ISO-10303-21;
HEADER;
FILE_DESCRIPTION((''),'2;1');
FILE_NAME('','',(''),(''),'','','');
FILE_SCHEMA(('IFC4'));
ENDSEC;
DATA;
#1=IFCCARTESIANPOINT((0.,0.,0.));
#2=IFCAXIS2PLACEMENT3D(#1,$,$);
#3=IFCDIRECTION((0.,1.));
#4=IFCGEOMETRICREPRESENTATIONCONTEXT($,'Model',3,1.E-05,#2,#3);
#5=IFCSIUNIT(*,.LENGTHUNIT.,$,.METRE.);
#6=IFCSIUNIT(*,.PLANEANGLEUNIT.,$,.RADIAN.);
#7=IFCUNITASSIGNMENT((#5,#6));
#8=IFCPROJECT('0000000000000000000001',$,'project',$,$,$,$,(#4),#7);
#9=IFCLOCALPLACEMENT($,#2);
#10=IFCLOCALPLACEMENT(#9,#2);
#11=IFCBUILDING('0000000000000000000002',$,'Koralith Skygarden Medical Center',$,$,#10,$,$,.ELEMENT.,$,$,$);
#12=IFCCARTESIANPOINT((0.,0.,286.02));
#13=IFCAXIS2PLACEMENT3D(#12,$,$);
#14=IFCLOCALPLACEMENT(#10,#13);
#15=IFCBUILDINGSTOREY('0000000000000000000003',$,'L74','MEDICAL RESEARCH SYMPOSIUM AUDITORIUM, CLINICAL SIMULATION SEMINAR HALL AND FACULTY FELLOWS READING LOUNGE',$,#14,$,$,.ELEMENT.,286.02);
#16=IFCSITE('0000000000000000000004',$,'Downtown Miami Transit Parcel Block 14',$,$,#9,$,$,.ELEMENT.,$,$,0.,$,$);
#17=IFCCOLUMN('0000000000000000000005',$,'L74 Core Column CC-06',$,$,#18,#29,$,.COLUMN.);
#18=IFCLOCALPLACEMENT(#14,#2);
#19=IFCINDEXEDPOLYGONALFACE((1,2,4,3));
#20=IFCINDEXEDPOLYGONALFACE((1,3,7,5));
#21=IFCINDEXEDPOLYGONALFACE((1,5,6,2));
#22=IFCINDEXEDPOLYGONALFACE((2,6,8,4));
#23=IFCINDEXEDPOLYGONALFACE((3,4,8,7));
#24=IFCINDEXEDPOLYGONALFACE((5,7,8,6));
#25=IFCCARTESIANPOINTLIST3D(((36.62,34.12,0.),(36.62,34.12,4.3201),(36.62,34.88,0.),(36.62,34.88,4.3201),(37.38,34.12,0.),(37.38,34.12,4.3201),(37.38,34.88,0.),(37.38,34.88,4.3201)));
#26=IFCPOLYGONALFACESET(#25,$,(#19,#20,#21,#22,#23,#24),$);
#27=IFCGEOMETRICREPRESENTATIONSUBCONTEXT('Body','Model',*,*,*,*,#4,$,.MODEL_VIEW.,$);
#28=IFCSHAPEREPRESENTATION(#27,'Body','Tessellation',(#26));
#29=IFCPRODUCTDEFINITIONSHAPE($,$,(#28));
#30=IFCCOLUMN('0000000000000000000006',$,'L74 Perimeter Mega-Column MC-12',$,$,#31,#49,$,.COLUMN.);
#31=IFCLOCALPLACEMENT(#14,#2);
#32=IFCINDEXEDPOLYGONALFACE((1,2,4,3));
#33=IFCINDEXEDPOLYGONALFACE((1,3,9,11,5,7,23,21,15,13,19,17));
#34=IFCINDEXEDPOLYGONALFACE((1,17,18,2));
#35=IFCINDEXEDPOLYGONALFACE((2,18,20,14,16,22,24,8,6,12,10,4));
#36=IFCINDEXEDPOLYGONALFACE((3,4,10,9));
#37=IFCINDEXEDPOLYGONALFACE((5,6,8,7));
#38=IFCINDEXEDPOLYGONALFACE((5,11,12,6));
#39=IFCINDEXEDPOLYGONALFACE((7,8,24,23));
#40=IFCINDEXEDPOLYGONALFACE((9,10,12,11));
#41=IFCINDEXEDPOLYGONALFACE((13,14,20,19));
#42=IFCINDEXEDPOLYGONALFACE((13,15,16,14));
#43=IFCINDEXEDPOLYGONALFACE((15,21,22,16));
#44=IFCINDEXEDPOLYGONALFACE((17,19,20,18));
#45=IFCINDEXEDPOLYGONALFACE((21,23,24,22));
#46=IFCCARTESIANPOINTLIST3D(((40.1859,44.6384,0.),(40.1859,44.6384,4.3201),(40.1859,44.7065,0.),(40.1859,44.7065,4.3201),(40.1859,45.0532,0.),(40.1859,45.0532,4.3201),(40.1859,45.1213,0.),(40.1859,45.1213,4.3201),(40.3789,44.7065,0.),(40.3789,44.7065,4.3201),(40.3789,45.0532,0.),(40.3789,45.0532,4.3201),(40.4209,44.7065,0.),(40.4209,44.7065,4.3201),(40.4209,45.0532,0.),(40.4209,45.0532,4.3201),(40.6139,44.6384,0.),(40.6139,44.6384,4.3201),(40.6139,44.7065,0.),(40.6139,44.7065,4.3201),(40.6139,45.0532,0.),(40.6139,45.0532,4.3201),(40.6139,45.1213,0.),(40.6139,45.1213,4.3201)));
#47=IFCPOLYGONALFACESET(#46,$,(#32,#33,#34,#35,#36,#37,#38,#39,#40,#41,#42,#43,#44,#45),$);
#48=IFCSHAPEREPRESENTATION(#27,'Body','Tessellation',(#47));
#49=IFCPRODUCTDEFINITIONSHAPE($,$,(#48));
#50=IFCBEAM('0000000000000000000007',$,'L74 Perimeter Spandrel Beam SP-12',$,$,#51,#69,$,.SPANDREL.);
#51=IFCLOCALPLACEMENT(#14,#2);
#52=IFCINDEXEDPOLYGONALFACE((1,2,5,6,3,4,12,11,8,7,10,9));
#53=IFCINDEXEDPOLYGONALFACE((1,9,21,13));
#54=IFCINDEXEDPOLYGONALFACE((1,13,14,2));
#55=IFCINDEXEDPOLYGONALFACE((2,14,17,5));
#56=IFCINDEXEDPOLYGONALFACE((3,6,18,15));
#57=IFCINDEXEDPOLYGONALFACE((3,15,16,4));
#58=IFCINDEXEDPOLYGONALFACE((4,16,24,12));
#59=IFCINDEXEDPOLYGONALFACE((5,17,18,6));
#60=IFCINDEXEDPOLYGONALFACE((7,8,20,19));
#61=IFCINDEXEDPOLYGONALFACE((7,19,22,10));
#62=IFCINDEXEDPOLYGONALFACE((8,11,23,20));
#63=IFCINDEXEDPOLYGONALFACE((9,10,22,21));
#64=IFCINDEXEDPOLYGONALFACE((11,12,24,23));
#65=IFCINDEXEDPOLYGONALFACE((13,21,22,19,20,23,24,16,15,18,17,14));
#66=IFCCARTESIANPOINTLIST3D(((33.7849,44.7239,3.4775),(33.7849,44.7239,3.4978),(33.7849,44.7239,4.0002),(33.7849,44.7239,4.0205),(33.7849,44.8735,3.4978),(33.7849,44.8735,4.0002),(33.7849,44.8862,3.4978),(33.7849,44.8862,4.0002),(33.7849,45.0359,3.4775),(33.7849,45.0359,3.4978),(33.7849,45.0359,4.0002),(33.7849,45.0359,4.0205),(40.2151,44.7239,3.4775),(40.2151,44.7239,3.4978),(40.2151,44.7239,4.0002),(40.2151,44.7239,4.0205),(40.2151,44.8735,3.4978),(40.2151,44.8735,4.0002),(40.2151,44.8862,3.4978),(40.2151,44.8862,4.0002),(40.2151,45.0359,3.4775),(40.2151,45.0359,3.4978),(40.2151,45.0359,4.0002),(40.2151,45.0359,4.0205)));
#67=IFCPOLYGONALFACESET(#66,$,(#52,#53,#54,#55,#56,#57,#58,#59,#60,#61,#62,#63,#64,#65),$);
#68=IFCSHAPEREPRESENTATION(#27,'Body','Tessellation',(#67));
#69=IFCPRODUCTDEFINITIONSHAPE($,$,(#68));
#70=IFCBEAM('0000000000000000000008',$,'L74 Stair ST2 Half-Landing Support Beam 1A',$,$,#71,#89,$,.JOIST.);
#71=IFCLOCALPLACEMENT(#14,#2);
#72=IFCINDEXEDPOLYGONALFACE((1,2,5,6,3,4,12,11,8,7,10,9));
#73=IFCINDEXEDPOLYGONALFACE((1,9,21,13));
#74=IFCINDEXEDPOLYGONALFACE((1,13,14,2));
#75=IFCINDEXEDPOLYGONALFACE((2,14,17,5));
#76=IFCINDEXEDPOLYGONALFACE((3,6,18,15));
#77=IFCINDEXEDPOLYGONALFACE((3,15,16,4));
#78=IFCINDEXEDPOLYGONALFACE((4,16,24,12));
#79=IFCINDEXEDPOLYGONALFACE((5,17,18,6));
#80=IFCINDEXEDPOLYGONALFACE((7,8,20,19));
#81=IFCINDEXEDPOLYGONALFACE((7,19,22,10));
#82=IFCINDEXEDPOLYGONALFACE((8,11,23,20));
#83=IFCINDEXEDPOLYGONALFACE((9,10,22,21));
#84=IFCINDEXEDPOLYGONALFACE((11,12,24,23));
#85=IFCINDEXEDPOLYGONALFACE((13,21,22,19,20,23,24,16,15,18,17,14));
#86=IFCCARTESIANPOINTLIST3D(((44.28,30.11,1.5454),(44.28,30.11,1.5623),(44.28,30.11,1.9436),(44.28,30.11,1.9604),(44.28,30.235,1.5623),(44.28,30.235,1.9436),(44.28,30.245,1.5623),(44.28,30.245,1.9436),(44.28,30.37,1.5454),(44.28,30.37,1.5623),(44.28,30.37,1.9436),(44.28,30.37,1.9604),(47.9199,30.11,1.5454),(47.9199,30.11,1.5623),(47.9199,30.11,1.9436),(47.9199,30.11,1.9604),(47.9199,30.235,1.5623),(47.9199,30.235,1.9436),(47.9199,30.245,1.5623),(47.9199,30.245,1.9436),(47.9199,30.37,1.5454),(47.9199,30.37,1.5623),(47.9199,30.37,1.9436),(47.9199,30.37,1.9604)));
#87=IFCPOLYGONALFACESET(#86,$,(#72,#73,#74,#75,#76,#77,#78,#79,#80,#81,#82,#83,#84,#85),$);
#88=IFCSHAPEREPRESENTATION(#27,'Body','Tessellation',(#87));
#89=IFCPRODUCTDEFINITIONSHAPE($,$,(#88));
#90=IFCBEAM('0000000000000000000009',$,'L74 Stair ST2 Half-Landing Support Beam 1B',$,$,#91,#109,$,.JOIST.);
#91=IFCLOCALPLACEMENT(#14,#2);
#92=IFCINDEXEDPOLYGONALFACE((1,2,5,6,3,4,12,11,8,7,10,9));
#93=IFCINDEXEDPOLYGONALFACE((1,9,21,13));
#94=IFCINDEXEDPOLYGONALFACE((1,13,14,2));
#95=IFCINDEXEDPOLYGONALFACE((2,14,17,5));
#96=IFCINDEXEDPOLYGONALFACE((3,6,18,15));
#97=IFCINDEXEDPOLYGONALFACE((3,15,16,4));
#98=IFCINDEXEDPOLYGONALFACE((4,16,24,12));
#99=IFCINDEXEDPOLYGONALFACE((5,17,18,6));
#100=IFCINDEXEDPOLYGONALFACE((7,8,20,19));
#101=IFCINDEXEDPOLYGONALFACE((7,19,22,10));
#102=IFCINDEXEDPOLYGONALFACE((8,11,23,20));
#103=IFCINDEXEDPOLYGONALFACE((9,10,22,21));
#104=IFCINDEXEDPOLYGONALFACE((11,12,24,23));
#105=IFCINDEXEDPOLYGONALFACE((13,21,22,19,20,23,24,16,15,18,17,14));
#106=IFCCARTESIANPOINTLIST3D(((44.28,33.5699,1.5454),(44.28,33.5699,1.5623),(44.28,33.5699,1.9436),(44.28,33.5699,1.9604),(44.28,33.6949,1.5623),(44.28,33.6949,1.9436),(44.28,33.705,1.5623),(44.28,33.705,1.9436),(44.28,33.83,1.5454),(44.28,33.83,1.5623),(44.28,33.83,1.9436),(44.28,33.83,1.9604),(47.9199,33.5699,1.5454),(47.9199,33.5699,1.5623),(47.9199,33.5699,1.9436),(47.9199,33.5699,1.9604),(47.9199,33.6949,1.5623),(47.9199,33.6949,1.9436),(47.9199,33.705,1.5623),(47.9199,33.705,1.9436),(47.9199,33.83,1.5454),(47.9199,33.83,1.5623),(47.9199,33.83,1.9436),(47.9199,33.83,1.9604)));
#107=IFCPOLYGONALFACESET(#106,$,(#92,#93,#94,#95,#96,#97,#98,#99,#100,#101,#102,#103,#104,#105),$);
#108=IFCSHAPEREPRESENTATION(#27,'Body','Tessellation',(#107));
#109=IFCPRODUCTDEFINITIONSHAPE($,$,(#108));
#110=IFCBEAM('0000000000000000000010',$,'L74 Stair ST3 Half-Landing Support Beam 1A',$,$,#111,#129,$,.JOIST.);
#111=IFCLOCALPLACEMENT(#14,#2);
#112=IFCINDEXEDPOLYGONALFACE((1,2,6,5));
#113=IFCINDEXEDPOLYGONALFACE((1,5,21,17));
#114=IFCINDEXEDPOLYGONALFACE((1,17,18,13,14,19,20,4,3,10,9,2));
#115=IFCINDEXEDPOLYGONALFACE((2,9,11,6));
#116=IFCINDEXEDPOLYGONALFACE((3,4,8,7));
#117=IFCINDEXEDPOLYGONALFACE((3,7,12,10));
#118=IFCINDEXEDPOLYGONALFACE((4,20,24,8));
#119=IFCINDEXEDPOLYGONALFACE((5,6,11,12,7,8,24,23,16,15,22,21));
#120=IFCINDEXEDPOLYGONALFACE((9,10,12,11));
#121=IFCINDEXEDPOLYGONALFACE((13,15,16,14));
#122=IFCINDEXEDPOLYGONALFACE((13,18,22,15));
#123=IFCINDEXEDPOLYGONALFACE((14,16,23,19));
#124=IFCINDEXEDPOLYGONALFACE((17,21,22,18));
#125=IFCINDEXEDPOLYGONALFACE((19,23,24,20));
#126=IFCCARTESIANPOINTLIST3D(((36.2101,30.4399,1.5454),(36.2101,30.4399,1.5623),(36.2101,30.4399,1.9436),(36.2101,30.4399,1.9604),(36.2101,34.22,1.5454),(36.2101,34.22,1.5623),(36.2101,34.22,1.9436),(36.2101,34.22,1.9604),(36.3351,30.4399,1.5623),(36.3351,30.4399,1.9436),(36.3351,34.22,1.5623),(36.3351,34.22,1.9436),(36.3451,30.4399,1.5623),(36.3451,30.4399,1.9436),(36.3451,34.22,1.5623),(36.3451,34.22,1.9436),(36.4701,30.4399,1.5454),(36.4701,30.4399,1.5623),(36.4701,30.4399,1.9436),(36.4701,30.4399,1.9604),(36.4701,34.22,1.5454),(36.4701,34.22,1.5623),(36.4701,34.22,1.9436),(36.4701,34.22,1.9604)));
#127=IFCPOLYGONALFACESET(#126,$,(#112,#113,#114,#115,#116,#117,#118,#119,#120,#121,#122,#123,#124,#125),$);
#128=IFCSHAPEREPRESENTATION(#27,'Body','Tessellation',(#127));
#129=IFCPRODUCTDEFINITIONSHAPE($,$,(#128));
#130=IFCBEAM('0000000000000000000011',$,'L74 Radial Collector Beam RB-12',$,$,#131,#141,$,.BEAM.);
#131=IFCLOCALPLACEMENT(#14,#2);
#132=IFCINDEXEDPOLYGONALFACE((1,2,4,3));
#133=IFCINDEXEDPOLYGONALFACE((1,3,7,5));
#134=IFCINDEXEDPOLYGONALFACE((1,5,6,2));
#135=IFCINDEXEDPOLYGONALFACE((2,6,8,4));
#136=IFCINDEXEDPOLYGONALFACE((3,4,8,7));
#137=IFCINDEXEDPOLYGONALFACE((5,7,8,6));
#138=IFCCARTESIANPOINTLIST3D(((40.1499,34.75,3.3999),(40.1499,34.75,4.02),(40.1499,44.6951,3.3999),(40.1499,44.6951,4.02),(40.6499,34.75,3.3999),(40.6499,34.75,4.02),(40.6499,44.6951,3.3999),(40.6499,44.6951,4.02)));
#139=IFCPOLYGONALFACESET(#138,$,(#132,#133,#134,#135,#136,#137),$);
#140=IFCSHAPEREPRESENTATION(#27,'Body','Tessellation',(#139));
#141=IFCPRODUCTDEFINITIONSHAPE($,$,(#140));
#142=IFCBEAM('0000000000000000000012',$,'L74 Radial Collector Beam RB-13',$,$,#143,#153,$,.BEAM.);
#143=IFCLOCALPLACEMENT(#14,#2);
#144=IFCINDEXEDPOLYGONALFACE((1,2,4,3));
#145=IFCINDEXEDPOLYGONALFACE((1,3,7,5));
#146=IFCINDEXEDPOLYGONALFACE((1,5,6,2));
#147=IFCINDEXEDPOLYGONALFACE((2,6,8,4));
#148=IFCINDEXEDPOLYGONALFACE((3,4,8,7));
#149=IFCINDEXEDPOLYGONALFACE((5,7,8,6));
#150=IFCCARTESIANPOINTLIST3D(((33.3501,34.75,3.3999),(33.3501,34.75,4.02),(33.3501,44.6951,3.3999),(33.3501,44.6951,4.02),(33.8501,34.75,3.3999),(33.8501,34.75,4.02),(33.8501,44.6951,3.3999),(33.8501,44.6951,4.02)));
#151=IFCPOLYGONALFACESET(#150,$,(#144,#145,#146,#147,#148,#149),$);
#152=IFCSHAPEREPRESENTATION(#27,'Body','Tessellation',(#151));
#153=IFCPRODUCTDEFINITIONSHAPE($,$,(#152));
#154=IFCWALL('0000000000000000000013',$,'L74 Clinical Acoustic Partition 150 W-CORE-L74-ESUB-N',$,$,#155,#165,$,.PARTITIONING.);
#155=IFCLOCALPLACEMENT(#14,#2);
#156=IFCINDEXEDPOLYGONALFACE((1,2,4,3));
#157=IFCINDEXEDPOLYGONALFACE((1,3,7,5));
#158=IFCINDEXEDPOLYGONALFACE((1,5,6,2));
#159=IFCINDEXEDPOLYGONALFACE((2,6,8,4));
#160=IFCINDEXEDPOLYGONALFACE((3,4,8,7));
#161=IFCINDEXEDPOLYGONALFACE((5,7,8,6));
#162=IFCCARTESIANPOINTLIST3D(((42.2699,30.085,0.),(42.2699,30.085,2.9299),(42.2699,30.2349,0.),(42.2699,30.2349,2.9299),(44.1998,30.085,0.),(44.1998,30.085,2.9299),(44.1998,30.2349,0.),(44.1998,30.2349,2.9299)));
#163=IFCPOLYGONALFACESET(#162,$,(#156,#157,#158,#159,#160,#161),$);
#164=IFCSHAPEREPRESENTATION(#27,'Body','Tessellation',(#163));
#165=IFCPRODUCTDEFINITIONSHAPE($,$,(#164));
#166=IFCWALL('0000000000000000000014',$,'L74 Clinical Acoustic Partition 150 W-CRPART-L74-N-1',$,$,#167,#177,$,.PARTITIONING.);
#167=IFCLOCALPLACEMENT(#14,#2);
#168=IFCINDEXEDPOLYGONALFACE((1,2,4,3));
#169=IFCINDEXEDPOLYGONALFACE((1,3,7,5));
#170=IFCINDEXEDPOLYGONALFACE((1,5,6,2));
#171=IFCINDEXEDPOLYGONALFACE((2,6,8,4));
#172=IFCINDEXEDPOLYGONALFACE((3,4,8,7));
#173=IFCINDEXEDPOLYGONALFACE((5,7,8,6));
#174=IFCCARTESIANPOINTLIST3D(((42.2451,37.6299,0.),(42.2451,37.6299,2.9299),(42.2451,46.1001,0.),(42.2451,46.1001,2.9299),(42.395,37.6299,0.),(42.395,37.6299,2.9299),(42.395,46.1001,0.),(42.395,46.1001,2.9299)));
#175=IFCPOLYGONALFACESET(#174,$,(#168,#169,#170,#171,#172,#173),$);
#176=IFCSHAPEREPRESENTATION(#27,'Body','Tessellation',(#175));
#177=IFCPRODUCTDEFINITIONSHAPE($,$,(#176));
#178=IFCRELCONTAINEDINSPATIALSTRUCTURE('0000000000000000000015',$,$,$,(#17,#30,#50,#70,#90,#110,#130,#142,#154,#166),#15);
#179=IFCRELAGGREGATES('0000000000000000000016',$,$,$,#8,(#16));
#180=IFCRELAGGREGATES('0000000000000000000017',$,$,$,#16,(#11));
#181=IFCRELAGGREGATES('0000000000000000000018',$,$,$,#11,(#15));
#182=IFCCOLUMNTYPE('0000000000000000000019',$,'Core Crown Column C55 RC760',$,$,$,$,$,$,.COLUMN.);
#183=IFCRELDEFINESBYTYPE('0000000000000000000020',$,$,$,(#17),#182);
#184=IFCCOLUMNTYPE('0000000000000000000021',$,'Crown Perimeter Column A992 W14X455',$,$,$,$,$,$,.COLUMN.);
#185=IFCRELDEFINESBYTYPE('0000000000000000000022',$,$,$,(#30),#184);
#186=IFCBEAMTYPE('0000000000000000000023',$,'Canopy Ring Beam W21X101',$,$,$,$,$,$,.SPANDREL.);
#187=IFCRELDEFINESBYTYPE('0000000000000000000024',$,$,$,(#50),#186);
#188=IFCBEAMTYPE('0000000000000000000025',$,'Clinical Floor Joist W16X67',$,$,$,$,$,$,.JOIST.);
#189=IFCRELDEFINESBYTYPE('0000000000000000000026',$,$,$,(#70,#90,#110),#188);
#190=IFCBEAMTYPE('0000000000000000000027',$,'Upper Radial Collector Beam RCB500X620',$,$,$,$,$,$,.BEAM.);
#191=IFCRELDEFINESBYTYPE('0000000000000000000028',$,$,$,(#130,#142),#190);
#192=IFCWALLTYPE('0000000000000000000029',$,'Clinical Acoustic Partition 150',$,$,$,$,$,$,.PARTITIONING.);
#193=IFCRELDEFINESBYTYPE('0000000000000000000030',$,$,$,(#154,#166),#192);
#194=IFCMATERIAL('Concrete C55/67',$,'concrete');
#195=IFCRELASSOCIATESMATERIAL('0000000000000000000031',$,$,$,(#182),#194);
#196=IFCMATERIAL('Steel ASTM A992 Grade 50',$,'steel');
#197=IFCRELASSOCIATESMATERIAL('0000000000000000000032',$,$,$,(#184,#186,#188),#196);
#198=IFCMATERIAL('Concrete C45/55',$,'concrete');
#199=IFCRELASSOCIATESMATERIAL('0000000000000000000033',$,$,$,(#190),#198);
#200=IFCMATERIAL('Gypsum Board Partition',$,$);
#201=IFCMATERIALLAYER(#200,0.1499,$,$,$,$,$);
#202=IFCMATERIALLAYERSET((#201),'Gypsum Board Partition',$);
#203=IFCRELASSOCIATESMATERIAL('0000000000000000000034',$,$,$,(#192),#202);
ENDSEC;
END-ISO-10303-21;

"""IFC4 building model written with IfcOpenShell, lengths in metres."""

from ifc_helpers import new_model, si_unit, direction, frame, frame_2d, origin, origin_2d, place, context, subcontext, project, spatial, rectangle, i_section, extrude, material, layer, layer_set, material_profile, profile_set, type_object, element, save


model = new_model("IFC4")

# Units and contexts
model_context = context("Model", 3, precision=1e-05, world=origin(), true_north=direction((0.0, 1.0)))
body_context = subcontext(model_context, "Body", "Model", "MODEL_VIEW")
ifc_project = project(units=[si_unit("LENGTHUNIT", "METRE"), si_unit("PLANEANGLEUNIT", "RADIAN")], contexts=[model_context])

# Site, building, storey
site_placement = place(None, origin())
site = spatial("IfcSite", under=ifc_project, at=site_placement, Name="Downtown Miami Transit Parcel Block 14", CompositionType="ELEMENT", RefElevation=0.0)
building_placement = place(site_placement, origin())
building = spatial("IfcBuilding", under=site, at=building_placement, Name="Koralith Skygarden Medical Center", CompositionType="ELEMENT")
storey_placement = place(building_placement, frame((0.0, 0.0, 286.02)))
storey = spatial("IfcBuildingStorey", under=building, at=storey_placement, Name="L74", Description="MEDICAL RESEARCH SYMPOSIUM AUDITORIUM, CLINICAL SIMULATION SEMINAR HALL AND FACULTY FELLOWS READING LOUNGE", CompositionType="ELEMENT", Elevation=286.02)

# Columns
ifc_material_1 = material(Name="Concrete C55/67", Category="concrete")
ifc_material_profile_1 = material_profile(ifc_material_1, rectangle(XDim=0.76, YDim=0.76, at=origin_2d()), Name="RC760X760")
ifc_profile_set_1 = profile_set([ifc_material_profile_1], Name="Concrete C55/67")
column_type_1 = type_object("IfcColumnType", Name="Core Crown Column C55 RC760", PredefinedType="COLUMN", material=ifc_profile_set_1)
column_1_placement = place(storey_placement, frame((37.0, 34.5, 0.0), z_axis=(0.0, 0.0, 1.0), x_axis=(1.0, 0.0, 0.0)))
element("IfcColumn", 1, at=column_1_placement, inside=storey, type_object=column_type_1, Name="L74 Core Column CC-06", PredefinedType="COLUMN", context=body_context, shape_type="SweptSolid", body=[
    extrude(rectangle(XDim=0.76, YDim=0.76, at=origin_2d()), origin(), (0.0, 0.0, 1.0), 4.3201),
])
ifc_material_2 = material(Name="Steel ASTM A992 Grade 50", Category="steel")
ifc_material_profile_2 = material_profile(ifc_material_2, i_section(OverallWidth=0.428, OverallDepth=0.4829, WebThickness=0.042, FlangeThickness=0.0681, at=origin_2d()), Name="W14X455")
ifc_profile_set_2 = profile_set([ifc_material_profile_2], Name="Steel ASTM A992 Grade 50")
column_type_2 = type_object("IfcColumnType", Name="Crown Perimeter Column A992 W14X455", PredefinedType="COLUMN", material=ifc_profile_set_2)
column_2_placement = place(storey_placement, frame((40.3999, 44.8799, 0.0), z_axis=(0.0, 0.0, 1.0), x_axis=(1.0, 0.0, 0.0)))
element("IfcColumn", 2, at=column_2_placement, inside=storey, type_object=column_type_2, Name="L74 Perimeter Mega-Column MC-12", PredefinedType="COLUMN", context=body_context, shape_type="SweptSolid", body=[
    extrude(i_section(OverallWidth=0.428, OverallDepth=0.4829, WebThickness=0.042, FlangeThickness=0.0681, at=origin_2d()), origin(), (0.0, 0.0, 1.0), 4.3201),
])

# Beams
ifc_material_profile_3 = material_profile(ifc_material_2, i_section(OverallWidth=0.312, OverallDepth=0.543, WebThickness=0.0127, FlangeThickness=0.0203, at=origin_2d()), Name="W21X101")
ifc_profile_set_3 = profile_set([ifc_material_profile_3], Name="Steel ASTM A992 Grade 50")
beam_type_1 = type_object("IfcBeamType", Name="Canopy Ring Beam W21X101", PredefinedType="SPANDREL", material=ifc_profile_set_3)
beam_1_placement = place(storey_placement, frame((40.2151, 44.8799, 3.749), z_axis=(-1.0, 0.0, 0.0), x_axis=(0.0, -1.0, 0.0)))
element("IfcBeam", 3, at=beam_1_placement, inside=storey, type_object=beam_type_1, Name="L74 Perimeter Spandrel Beam SP-12", PredefinedType="SPANDREL", context=body_context, shape_type="SweptSolid", body=[
    extrude(i_section(OverallWidth=0.312, OverallDepth=0.543, WebThickness=0.0127, FlangeThickness=0.0203, at=origin_2d()), origin(), (0.0, 0.0, 1.0), 6.4302),
])
ifc_material_profile_4 = material_profile(ifc_material_2, i_section(OverallWidth=0.26, OverallDepth=0.415, WebThickness=0.01, FlangeThickness=0.0168, at=origin_2d()), Name="W16X67")
ifc_profile_set_4 = profile_set([ifc_material_profile_4], Name="Steel ASTM A992 Grade 50")
beam_type_2 = type_object("IfcBeamType", Name="Clinical Floor Joist W16X67", PredefinedType="JOIST", material=ifc_profile_set_4)
for number, where, z_axis, x_axis, name in (
    (4, (44.28, 30.24, 1.7529), (1.0, 0.0, 0.0), (0.0, 1.0, 0.0), "L74 Stair ST2 Half-Landing Support Beam 1A"),
    (5, (44.28, 33.7, 1.7529), (1.0, 0.0, 0.0), (0.0, 1.0, 0.0), "L74 Stair ST2 Half-Landing Support Beam 1B"),
):
    element("IfcBeam", number, at=place(storey_placement, frame(where, z_axis=z_axis, x_axis=x_axis)), inside=storey, type_object=beam_type_2, Name=name, PredefinedType="JOIST", context=body_context, shape_type="SweptSolid", body=[
        extrude(i_section(OverallWidth=0.26, OverallDepth=0.415, WebThickness=0.01, FlangeThickness=0.0168, at=origin_2d()), origin(), (0.0, 0.0, 1.0), 3.6399),
    ])
beam_2_placement = place(storey_placement, frame((36.3401, 30.4399, 1.7529), z_axis=(0.0, 1.0, 0.0), x_axis=(-1.0, 0.0, 0.0)))
element("IfcBeam", 6, at=beam_2_placement, inside=storey, type_object=beam_type_2, Name="L74 Stair ST3 Half-Landing Support Beam 1A", PredefinedType="JOIST", context=body_context, shape_type="SweptSolid", body=[
    extrude(i_section(OverallWidth=0.26, OverallDepth=0.415, WebThickness=0.01, FlangeThickness=0.0168, at=origin_2d()), origin(), (0.0, 0.0, 1.0), 3.78),
])
ifc_material_3 = material(Name="Concrete C45/55", Category="concrete")
ifc_material_profile_5 = material_profile(ifc_material_3, rectangle(XDim=0.5, YDim=0.6201, at=origin_2d()), Name="RCB500X620")
ifc_profile_set_5 = profile_set([ifc_material_profile_5], Name="Concrete C45/55")
beam_type_3 = type_object("IfcBeamType", Name="Upper Radial Collector Beam RCB500X620", PredefinedType="BEAM", material=ifc_profile_set_5)
for number, where, z_axis, x_axis, name in (
    (7, (40.3999, 34.75, 3.71), (0.0, 1.0, 0.0), (-1.0, 0.0, 0.0), "L74 Radial Collector Beam RB-12"),
    (8, (33.6001, 34.75, 3.71), (0.0, 1.0, 0.0), (-1.0, 0.0, 0.0), "L74 Radial Collector Beam RB-13"),
):
    element("IfcBeam", number, at=place(storey_placement, frame(where, z_axis=z_axis, x_axis=x_axis)), inside=storey, type_object=beam_type_3, Name=name, PredefinedType="BEAM", context=body_context, shape_type="SweptSolid", body=[
        extrude(rectangle(XDim=0.5, YDim=0.6201, at=origin_2d()), origin(), (0.0, 0.0, 1.0), 9.9451),
    ])

# Walls
ifc_material_4 = material(Name="Gypsum Board Partition")
ifc_layer_1 = layer(ifc_material_4, 0.1499)
ifc_layer_set_1 = layer_set([ifc_layer_1], Name="Gypsum Board Partition")
wall_type_1 = type_object("IfcWallType", Name="Clinical Acoustic Partition 150", PredefinedType="PARTITIONING", material=ifc_layer_set_1)
wall_1_placement = place(storey_placement, frame((42.27, 30.1599, 0.0), z_axis=(0.0, 0.0, 1.0), x_axis=(1.0, 0.0, 0.0)))
element("IfcWall", 9, at=wall_1_placement, inside=storey, type_object=wall_type_1, Name="L74 Clinical Acoustic Partition 150 W-CORE-L74-ESUB-N", PredefinedType="PARTITIONING", context=body_context, shape_type="SweptSolid", body=[
    extrude(rectangle(XDim=1.9299, YDim=0.1499, at=frame_2d((0.9648, 0.0))), origin(), (0.0, 0.0, 1.0), 2.9299),
])
wall_2_placement = place(storey_placement, frame((42.3201, 37.6299, 0.0), z_axis=(0.0, 0.0, 1.0), x_axis=(0.0, 1.0, 0.0)))
element("IfcWall", 10, at=wall_2_placement, inside=storey, type_object=wall_type_1, Name="L74 Clinical Acoustic Partition 150 W-CRPART-L74-N-1", PredefinedType="PARTITIONING", context=body_context, shape_type="SweptSolid", body=[
    extrude(rectangle(XDim=8.4702, YDim=0.1499, at=frame_2d((4.2351, 0.0))), origin(), (0.0, 0.0, 1.0), 2.9299),
])

save(model, "model.ifc")
